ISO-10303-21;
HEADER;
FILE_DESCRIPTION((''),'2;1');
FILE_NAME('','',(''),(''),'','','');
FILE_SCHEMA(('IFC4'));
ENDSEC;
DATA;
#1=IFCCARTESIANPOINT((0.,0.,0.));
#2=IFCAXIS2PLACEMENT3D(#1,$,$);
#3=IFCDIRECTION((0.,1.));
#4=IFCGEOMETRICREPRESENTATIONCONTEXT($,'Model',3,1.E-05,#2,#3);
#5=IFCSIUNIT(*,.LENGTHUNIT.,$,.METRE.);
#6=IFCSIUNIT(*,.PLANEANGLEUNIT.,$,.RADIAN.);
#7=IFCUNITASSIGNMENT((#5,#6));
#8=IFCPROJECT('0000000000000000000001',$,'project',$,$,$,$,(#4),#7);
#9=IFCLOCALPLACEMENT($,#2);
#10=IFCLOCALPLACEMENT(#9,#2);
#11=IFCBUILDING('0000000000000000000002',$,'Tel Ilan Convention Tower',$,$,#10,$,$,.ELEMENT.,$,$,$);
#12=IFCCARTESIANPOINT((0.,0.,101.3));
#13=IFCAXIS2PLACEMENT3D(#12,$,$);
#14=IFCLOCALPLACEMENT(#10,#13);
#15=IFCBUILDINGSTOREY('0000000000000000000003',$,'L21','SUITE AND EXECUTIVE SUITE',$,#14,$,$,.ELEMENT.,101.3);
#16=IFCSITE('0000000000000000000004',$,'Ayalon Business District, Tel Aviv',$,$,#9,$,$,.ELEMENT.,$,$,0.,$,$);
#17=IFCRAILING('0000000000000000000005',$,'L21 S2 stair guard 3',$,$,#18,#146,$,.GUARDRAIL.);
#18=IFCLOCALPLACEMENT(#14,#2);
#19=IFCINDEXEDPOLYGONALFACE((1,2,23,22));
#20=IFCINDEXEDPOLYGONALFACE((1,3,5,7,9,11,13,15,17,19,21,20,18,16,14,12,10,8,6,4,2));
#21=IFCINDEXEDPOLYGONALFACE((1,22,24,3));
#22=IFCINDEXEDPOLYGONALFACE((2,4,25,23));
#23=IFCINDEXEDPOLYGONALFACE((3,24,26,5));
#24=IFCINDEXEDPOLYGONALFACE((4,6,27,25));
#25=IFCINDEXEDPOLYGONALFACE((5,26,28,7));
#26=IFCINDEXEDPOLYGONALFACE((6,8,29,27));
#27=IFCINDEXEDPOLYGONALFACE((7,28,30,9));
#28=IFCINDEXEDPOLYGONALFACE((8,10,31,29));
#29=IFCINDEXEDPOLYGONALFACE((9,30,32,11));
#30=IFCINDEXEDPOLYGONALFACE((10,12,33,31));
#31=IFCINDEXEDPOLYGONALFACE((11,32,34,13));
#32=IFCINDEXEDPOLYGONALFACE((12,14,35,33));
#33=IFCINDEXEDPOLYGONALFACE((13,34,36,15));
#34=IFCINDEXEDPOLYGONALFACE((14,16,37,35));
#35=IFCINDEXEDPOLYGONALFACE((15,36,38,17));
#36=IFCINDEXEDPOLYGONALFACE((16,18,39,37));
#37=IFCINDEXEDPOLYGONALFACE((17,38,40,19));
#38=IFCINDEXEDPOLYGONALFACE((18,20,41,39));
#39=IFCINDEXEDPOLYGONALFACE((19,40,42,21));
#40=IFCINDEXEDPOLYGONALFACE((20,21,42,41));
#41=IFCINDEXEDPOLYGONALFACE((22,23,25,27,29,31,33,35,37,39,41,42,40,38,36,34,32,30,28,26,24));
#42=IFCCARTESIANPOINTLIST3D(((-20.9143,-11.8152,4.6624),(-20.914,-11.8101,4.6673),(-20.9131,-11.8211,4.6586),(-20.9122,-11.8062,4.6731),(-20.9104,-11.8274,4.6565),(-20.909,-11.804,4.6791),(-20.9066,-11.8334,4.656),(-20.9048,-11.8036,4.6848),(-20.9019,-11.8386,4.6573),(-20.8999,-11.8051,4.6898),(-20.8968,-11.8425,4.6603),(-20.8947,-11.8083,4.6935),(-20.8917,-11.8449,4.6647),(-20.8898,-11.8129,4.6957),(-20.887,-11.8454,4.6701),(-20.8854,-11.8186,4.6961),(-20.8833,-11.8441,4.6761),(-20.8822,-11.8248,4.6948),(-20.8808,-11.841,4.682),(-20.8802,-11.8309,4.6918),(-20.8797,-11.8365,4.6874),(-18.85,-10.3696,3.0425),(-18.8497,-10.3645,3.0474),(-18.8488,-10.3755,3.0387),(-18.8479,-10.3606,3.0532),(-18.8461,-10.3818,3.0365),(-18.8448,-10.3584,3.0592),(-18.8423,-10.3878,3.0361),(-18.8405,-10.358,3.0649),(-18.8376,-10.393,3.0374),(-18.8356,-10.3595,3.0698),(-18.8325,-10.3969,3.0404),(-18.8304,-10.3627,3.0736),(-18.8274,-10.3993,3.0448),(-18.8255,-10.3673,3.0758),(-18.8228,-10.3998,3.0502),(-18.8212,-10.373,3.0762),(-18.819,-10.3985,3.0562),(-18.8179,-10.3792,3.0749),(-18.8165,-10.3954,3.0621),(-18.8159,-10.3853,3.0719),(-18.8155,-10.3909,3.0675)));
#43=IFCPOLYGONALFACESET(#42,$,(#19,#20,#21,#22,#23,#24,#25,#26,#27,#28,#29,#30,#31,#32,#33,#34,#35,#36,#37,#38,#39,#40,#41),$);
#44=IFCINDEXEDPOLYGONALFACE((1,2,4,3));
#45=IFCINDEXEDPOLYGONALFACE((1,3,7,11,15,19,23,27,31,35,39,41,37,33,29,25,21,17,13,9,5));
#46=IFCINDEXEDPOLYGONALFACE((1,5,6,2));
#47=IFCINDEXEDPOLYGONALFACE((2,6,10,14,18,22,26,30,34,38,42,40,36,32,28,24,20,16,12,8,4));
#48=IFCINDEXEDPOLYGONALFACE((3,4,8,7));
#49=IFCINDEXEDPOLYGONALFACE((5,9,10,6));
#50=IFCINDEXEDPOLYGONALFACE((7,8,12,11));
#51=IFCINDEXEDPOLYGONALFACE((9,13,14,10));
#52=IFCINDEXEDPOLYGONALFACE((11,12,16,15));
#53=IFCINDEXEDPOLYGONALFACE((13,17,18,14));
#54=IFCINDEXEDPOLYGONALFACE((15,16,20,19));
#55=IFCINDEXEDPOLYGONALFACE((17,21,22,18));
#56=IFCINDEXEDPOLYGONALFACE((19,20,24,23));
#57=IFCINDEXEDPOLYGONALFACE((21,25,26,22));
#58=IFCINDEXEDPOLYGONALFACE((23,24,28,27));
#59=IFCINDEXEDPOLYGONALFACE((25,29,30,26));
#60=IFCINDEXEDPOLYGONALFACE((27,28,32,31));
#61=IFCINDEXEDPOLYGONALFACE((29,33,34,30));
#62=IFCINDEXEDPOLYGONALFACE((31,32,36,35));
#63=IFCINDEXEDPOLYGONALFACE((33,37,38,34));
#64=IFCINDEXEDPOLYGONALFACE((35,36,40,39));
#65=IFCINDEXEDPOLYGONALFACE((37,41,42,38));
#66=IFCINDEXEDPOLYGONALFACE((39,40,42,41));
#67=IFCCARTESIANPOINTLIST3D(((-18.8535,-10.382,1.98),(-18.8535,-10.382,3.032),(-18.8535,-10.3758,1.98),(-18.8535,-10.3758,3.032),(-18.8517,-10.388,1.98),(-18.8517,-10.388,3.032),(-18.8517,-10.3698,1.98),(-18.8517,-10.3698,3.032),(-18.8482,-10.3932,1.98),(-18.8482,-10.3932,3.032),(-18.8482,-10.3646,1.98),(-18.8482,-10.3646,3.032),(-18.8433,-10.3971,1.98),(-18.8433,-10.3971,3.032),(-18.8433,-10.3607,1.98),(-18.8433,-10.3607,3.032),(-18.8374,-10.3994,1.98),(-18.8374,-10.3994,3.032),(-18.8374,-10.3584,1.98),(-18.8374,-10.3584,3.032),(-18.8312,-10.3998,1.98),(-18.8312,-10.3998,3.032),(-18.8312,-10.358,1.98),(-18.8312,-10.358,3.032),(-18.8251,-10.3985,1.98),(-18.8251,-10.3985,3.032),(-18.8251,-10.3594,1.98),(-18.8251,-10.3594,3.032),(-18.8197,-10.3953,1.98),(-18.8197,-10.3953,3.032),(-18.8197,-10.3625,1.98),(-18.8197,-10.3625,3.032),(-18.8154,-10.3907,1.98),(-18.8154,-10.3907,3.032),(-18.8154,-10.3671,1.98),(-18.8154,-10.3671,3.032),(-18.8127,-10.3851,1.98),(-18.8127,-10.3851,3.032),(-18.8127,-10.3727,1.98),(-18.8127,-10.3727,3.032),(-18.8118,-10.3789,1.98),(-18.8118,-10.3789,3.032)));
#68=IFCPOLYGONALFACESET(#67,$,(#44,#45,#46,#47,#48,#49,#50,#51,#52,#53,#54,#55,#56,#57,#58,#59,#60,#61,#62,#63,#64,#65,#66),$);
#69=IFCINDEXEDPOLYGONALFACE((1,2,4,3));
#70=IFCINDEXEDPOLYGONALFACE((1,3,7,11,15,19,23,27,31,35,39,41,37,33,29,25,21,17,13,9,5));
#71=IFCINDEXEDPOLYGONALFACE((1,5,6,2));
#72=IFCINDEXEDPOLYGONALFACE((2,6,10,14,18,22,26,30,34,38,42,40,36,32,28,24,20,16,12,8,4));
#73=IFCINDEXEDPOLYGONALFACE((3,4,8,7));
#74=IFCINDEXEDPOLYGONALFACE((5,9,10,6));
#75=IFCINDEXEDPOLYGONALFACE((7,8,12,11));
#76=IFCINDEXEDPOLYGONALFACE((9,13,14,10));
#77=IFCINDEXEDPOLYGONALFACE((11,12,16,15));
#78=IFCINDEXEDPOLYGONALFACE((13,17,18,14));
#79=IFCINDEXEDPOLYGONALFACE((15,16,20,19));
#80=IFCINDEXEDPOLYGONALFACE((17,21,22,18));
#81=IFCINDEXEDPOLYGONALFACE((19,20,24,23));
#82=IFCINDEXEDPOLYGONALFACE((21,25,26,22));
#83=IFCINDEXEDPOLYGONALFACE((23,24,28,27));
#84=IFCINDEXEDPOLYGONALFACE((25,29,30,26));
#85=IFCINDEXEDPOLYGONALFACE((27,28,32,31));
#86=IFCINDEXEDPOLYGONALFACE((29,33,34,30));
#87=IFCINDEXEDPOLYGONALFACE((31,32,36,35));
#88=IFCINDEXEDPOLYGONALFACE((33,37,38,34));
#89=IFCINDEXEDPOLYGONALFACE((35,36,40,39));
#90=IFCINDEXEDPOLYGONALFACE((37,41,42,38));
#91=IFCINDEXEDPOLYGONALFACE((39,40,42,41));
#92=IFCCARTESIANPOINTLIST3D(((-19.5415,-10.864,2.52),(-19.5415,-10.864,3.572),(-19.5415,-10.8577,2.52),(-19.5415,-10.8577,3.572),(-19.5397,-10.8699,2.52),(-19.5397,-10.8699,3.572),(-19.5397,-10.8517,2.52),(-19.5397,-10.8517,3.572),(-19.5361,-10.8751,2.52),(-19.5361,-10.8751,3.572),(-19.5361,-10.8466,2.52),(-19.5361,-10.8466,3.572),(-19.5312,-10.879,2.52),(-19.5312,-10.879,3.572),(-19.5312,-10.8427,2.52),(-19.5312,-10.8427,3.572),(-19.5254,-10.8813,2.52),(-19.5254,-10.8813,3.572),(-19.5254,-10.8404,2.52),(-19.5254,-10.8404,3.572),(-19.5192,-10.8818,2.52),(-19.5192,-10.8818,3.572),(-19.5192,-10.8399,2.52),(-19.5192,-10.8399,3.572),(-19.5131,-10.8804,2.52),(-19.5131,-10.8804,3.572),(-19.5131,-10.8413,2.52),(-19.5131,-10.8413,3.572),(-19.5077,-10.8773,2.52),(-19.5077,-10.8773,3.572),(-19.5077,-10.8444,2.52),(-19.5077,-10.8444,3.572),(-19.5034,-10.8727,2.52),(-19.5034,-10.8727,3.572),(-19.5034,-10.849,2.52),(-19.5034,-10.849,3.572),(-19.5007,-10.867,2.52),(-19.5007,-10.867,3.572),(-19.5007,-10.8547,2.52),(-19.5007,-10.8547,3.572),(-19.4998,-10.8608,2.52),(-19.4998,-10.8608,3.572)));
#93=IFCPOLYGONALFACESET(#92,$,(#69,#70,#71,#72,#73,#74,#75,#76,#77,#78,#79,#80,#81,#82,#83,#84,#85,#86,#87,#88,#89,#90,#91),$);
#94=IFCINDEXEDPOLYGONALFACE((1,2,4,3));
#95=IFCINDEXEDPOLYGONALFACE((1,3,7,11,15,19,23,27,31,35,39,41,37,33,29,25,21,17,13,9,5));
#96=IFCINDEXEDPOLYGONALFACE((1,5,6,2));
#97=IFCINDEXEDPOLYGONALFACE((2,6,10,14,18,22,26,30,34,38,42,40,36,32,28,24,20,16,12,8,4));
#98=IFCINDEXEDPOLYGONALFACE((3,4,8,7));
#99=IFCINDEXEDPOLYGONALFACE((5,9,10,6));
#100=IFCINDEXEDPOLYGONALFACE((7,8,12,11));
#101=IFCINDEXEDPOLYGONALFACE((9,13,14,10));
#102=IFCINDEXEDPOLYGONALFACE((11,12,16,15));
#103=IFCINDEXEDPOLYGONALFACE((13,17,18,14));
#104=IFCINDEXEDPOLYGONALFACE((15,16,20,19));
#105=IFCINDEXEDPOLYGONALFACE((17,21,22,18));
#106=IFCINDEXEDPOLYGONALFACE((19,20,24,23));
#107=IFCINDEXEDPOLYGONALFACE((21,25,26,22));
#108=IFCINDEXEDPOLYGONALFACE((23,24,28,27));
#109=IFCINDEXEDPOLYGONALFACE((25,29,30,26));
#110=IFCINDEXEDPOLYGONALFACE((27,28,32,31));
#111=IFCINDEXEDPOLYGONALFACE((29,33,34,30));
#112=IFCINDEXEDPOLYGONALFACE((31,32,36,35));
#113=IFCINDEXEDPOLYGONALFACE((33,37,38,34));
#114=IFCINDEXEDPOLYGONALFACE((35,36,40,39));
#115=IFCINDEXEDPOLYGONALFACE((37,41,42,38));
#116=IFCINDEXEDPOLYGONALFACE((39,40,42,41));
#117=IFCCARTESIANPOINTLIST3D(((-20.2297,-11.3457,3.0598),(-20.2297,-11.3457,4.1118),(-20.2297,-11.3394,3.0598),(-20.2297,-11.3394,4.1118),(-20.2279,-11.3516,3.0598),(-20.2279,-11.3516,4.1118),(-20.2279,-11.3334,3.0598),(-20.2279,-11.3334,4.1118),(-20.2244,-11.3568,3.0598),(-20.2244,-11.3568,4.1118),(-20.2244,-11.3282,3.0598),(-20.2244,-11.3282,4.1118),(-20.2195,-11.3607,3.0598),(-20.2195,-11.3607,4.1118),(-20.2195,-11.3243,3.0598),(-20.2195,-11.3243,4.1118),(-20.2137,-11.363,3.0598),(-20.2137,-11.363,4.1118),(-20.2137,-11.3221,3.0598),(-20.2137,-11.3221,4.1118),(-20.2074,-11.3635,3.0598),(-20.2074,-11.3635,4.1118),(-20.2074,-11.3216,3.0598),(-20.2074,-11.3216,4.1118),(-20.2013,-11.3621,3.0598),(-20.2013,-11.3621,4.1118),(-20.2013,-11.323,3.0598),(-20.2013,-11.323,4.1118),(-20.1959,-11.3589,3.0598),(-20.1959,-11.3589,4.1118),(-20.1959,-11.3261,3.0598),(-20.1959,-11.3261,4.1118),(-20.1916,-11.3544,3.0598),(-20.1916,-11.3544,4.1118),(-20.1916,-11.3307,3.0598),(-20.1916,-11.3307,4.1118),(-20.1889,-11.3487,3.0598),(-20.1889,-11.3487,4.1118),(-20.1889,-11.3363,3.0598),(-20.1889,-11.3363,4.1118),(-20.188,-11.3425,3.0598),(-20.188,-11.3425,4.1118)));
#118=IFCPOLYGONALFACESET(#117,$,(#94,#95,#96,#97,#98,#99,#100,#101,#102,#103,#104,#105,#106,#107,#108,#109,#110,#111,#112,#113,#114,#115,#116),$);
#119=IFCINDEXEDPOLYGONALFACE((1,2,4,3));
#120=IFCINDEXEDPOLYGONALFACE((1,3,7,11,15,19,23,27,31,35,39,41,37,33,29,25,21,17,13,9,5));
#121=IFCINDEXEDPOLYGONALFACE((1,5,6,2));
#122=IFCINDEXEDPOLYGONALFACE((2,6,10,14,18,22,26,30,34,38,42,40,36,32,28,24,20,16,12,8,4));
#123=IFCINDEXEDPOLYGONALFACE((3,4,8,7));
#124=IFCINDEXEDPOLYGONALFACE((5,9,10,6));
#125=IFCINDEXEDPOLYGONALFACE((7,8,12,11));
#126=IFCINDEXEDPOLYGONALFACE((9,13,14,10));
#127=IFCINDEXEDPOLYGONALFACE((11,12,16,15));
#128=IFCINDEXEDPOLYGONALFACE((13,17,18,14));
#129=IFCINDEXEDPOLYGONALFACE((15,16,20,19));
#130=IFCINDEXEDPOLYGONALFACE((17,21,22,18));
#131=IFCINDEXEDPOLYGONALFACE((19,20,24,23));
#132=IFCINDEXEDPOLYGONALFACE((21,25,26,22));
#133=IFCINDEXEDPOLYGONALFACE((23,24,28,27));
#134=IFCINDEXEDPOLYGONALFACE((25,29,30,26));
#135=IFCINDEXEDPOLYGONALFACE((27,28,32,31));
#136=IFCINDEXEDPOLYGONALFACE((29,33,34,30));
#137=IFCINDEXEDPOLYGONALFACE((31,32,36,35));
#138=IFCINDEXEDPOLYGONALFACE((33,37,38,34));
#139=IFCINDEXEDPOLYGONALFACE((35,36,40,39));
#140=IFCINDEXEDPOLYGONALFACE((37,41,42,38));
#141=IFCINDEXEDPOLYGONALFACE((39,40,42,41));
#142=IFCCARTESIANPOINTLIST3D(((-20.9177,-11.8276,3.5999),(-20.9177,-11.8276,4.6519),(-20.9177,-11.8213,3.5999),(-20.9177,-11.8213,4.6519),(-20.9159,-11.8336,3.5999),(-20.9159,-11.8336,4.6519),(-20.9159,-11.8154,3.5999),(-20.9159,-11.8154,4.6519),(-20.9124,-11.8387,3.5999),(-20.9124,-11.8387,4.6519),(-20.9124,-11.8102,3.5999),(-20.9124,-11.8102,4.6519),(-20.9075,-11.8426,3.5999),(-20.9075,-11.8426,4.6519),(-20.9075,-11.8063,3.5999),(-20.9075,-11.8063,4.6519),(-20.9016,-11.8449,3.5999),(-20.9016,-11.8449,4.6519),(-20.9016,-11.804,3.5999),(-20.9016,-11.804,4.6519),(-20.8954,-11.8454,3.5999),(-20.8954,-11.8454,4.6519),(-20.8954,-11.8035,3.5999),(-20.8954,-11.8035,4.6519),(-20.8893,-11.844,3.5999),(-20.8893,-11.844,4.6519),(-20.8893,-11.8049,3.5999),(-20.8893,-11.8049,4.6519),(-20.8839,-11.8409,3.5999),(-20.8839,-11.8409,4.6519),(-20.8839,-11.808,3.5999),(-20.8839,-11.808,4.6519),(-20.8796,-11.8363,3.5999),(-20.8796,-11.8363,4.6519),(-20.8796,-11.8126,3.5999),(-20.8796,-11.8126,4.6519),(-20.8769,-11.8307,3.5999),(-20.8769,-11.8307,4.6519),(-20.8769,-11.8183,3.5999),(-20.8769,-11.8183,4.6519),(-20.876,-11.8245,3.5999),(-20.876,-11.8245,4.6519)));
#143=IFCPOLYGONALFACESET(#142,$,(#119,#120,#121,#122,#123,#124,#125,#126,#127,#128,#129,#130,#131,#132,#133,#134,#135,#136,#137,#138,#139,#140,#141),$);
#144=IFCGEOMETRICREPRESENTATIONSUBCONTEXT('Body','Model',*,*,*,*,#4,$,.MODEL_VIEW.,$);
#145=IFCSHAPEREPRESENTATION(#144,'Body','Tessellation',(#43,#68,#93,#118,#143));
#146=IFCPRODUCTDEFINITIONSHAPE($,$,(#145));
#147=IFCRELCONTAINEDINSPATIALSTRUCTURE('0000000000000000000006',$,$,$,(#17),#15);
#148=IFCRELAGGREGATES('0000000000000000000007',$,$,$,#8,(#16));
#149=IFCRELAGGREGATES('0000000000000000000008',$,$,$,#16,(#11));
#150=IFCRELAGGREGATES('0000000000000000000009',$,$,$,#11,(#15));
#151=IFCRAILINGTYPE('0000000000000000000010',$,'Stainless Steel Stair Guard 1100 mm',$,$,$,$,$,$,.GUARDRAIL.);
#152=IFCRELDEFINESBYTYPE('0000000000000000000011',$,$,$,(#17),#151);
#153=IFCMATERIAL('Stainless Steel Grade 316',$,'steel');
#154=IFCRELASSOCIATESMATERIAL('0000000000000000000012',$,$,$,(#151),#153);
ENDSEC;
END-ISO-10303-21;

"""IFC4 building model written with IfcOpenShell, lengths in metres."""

from ifc_helpers import new_model, si_unit, direction, frame, origin, origin_2d, place, context, subcontext, project, spatial, circle, extrude, material, type_object, element, save


model = new_model("IFC4")

# Units and contexts
model_context = context("Model", 3, precision=1e-05, world=origin(), true_north=direction((0.0, 1.0)))
body_context = subcontext(model_context, "Body", "Model", "MODEL_VIEW")
ifc_project = project(units=[si_unit("LENGTHUNIT", "METRE"), si_unit("PLANEANGLEUNIT", "RADIAN")], contexts=[model_context])

# Site, building, storey
site_placement = place(None, origin())
site = spatial("IfcSite", under=ifc_project, at=site_placement, Name="Ayalon Business District, Tel Aviv", CompositionType="ELEMENT", RefElevation=0.0)
building_placement = place(site_placement, origin())
building = spatial("IfcBuilding", under=site, at=building_placement, Name="Tel Ilan Convention Tower", CompositionType="ELEMENT")
storey_placement = place(building_placement, frame((0.0, 0.0, 101.3)))
storey = spatial("IfcBuildingStorey", under=building, at=storey_placement, Name="L21", Description="SUITE AND EXECUTIVE SUITE", CompositionType="ELEMENT", Elevation=101.3)

# Railing
ifc_material_1 = material(Name="Stainless Steel Grade 316", Category="steel")
railing_type_1 = type_object("IfcRailingType", Name="Stainless Steel Stair Guard 1100 mm", PredefinedType="GUARDRAIL", material=ifc_material_1)
railing_1_placement = place(storey_placement, frame((-18.8328, -10.3789, 1.98)))
element("IfcRailing", 1, at=railing_1_placement, inside=storey, type_object=railing_type_1, Name="L21 S2 stair guard 3", PredefinedType="GUARDRAIL", context=body_context, shape_type="SweptSolid", body=[
    extrude(circle(Radius=0.0239, at=origin_2d()), frame((0.0, 0.0, 1.0762), z_axis=(-0.689043, -0.482534, 0.540722), x_axis=(0.573625, -0.819118, 0.0)), (0.0, 0.0, 1.0), 2.9958),
    extrude(circle(Radius=0.021, at=origin_2d()), origin(), (0.0, 0.0, 1.0), 1.052),
    extrude(circle(Radius=0.021, at=origin_2d()), frame((-0.688, -0.4819, 0.54)), (0.0, 0.0, 1.0), 1.052),
    extrude(circle(Radius=0.021, at=origin_2d()), frame((-1.3762, -0.9636, 1.0798)), (0.0, 0.0, 1.0), 1.052),
    extrude(circle(Radius=0.021, at=origin_2d()), frame((-2.0642, -1.4456, 1.6199)), (0.0, 0.0, 1.0), 1.052),
])

save(model, "model.ifc")
